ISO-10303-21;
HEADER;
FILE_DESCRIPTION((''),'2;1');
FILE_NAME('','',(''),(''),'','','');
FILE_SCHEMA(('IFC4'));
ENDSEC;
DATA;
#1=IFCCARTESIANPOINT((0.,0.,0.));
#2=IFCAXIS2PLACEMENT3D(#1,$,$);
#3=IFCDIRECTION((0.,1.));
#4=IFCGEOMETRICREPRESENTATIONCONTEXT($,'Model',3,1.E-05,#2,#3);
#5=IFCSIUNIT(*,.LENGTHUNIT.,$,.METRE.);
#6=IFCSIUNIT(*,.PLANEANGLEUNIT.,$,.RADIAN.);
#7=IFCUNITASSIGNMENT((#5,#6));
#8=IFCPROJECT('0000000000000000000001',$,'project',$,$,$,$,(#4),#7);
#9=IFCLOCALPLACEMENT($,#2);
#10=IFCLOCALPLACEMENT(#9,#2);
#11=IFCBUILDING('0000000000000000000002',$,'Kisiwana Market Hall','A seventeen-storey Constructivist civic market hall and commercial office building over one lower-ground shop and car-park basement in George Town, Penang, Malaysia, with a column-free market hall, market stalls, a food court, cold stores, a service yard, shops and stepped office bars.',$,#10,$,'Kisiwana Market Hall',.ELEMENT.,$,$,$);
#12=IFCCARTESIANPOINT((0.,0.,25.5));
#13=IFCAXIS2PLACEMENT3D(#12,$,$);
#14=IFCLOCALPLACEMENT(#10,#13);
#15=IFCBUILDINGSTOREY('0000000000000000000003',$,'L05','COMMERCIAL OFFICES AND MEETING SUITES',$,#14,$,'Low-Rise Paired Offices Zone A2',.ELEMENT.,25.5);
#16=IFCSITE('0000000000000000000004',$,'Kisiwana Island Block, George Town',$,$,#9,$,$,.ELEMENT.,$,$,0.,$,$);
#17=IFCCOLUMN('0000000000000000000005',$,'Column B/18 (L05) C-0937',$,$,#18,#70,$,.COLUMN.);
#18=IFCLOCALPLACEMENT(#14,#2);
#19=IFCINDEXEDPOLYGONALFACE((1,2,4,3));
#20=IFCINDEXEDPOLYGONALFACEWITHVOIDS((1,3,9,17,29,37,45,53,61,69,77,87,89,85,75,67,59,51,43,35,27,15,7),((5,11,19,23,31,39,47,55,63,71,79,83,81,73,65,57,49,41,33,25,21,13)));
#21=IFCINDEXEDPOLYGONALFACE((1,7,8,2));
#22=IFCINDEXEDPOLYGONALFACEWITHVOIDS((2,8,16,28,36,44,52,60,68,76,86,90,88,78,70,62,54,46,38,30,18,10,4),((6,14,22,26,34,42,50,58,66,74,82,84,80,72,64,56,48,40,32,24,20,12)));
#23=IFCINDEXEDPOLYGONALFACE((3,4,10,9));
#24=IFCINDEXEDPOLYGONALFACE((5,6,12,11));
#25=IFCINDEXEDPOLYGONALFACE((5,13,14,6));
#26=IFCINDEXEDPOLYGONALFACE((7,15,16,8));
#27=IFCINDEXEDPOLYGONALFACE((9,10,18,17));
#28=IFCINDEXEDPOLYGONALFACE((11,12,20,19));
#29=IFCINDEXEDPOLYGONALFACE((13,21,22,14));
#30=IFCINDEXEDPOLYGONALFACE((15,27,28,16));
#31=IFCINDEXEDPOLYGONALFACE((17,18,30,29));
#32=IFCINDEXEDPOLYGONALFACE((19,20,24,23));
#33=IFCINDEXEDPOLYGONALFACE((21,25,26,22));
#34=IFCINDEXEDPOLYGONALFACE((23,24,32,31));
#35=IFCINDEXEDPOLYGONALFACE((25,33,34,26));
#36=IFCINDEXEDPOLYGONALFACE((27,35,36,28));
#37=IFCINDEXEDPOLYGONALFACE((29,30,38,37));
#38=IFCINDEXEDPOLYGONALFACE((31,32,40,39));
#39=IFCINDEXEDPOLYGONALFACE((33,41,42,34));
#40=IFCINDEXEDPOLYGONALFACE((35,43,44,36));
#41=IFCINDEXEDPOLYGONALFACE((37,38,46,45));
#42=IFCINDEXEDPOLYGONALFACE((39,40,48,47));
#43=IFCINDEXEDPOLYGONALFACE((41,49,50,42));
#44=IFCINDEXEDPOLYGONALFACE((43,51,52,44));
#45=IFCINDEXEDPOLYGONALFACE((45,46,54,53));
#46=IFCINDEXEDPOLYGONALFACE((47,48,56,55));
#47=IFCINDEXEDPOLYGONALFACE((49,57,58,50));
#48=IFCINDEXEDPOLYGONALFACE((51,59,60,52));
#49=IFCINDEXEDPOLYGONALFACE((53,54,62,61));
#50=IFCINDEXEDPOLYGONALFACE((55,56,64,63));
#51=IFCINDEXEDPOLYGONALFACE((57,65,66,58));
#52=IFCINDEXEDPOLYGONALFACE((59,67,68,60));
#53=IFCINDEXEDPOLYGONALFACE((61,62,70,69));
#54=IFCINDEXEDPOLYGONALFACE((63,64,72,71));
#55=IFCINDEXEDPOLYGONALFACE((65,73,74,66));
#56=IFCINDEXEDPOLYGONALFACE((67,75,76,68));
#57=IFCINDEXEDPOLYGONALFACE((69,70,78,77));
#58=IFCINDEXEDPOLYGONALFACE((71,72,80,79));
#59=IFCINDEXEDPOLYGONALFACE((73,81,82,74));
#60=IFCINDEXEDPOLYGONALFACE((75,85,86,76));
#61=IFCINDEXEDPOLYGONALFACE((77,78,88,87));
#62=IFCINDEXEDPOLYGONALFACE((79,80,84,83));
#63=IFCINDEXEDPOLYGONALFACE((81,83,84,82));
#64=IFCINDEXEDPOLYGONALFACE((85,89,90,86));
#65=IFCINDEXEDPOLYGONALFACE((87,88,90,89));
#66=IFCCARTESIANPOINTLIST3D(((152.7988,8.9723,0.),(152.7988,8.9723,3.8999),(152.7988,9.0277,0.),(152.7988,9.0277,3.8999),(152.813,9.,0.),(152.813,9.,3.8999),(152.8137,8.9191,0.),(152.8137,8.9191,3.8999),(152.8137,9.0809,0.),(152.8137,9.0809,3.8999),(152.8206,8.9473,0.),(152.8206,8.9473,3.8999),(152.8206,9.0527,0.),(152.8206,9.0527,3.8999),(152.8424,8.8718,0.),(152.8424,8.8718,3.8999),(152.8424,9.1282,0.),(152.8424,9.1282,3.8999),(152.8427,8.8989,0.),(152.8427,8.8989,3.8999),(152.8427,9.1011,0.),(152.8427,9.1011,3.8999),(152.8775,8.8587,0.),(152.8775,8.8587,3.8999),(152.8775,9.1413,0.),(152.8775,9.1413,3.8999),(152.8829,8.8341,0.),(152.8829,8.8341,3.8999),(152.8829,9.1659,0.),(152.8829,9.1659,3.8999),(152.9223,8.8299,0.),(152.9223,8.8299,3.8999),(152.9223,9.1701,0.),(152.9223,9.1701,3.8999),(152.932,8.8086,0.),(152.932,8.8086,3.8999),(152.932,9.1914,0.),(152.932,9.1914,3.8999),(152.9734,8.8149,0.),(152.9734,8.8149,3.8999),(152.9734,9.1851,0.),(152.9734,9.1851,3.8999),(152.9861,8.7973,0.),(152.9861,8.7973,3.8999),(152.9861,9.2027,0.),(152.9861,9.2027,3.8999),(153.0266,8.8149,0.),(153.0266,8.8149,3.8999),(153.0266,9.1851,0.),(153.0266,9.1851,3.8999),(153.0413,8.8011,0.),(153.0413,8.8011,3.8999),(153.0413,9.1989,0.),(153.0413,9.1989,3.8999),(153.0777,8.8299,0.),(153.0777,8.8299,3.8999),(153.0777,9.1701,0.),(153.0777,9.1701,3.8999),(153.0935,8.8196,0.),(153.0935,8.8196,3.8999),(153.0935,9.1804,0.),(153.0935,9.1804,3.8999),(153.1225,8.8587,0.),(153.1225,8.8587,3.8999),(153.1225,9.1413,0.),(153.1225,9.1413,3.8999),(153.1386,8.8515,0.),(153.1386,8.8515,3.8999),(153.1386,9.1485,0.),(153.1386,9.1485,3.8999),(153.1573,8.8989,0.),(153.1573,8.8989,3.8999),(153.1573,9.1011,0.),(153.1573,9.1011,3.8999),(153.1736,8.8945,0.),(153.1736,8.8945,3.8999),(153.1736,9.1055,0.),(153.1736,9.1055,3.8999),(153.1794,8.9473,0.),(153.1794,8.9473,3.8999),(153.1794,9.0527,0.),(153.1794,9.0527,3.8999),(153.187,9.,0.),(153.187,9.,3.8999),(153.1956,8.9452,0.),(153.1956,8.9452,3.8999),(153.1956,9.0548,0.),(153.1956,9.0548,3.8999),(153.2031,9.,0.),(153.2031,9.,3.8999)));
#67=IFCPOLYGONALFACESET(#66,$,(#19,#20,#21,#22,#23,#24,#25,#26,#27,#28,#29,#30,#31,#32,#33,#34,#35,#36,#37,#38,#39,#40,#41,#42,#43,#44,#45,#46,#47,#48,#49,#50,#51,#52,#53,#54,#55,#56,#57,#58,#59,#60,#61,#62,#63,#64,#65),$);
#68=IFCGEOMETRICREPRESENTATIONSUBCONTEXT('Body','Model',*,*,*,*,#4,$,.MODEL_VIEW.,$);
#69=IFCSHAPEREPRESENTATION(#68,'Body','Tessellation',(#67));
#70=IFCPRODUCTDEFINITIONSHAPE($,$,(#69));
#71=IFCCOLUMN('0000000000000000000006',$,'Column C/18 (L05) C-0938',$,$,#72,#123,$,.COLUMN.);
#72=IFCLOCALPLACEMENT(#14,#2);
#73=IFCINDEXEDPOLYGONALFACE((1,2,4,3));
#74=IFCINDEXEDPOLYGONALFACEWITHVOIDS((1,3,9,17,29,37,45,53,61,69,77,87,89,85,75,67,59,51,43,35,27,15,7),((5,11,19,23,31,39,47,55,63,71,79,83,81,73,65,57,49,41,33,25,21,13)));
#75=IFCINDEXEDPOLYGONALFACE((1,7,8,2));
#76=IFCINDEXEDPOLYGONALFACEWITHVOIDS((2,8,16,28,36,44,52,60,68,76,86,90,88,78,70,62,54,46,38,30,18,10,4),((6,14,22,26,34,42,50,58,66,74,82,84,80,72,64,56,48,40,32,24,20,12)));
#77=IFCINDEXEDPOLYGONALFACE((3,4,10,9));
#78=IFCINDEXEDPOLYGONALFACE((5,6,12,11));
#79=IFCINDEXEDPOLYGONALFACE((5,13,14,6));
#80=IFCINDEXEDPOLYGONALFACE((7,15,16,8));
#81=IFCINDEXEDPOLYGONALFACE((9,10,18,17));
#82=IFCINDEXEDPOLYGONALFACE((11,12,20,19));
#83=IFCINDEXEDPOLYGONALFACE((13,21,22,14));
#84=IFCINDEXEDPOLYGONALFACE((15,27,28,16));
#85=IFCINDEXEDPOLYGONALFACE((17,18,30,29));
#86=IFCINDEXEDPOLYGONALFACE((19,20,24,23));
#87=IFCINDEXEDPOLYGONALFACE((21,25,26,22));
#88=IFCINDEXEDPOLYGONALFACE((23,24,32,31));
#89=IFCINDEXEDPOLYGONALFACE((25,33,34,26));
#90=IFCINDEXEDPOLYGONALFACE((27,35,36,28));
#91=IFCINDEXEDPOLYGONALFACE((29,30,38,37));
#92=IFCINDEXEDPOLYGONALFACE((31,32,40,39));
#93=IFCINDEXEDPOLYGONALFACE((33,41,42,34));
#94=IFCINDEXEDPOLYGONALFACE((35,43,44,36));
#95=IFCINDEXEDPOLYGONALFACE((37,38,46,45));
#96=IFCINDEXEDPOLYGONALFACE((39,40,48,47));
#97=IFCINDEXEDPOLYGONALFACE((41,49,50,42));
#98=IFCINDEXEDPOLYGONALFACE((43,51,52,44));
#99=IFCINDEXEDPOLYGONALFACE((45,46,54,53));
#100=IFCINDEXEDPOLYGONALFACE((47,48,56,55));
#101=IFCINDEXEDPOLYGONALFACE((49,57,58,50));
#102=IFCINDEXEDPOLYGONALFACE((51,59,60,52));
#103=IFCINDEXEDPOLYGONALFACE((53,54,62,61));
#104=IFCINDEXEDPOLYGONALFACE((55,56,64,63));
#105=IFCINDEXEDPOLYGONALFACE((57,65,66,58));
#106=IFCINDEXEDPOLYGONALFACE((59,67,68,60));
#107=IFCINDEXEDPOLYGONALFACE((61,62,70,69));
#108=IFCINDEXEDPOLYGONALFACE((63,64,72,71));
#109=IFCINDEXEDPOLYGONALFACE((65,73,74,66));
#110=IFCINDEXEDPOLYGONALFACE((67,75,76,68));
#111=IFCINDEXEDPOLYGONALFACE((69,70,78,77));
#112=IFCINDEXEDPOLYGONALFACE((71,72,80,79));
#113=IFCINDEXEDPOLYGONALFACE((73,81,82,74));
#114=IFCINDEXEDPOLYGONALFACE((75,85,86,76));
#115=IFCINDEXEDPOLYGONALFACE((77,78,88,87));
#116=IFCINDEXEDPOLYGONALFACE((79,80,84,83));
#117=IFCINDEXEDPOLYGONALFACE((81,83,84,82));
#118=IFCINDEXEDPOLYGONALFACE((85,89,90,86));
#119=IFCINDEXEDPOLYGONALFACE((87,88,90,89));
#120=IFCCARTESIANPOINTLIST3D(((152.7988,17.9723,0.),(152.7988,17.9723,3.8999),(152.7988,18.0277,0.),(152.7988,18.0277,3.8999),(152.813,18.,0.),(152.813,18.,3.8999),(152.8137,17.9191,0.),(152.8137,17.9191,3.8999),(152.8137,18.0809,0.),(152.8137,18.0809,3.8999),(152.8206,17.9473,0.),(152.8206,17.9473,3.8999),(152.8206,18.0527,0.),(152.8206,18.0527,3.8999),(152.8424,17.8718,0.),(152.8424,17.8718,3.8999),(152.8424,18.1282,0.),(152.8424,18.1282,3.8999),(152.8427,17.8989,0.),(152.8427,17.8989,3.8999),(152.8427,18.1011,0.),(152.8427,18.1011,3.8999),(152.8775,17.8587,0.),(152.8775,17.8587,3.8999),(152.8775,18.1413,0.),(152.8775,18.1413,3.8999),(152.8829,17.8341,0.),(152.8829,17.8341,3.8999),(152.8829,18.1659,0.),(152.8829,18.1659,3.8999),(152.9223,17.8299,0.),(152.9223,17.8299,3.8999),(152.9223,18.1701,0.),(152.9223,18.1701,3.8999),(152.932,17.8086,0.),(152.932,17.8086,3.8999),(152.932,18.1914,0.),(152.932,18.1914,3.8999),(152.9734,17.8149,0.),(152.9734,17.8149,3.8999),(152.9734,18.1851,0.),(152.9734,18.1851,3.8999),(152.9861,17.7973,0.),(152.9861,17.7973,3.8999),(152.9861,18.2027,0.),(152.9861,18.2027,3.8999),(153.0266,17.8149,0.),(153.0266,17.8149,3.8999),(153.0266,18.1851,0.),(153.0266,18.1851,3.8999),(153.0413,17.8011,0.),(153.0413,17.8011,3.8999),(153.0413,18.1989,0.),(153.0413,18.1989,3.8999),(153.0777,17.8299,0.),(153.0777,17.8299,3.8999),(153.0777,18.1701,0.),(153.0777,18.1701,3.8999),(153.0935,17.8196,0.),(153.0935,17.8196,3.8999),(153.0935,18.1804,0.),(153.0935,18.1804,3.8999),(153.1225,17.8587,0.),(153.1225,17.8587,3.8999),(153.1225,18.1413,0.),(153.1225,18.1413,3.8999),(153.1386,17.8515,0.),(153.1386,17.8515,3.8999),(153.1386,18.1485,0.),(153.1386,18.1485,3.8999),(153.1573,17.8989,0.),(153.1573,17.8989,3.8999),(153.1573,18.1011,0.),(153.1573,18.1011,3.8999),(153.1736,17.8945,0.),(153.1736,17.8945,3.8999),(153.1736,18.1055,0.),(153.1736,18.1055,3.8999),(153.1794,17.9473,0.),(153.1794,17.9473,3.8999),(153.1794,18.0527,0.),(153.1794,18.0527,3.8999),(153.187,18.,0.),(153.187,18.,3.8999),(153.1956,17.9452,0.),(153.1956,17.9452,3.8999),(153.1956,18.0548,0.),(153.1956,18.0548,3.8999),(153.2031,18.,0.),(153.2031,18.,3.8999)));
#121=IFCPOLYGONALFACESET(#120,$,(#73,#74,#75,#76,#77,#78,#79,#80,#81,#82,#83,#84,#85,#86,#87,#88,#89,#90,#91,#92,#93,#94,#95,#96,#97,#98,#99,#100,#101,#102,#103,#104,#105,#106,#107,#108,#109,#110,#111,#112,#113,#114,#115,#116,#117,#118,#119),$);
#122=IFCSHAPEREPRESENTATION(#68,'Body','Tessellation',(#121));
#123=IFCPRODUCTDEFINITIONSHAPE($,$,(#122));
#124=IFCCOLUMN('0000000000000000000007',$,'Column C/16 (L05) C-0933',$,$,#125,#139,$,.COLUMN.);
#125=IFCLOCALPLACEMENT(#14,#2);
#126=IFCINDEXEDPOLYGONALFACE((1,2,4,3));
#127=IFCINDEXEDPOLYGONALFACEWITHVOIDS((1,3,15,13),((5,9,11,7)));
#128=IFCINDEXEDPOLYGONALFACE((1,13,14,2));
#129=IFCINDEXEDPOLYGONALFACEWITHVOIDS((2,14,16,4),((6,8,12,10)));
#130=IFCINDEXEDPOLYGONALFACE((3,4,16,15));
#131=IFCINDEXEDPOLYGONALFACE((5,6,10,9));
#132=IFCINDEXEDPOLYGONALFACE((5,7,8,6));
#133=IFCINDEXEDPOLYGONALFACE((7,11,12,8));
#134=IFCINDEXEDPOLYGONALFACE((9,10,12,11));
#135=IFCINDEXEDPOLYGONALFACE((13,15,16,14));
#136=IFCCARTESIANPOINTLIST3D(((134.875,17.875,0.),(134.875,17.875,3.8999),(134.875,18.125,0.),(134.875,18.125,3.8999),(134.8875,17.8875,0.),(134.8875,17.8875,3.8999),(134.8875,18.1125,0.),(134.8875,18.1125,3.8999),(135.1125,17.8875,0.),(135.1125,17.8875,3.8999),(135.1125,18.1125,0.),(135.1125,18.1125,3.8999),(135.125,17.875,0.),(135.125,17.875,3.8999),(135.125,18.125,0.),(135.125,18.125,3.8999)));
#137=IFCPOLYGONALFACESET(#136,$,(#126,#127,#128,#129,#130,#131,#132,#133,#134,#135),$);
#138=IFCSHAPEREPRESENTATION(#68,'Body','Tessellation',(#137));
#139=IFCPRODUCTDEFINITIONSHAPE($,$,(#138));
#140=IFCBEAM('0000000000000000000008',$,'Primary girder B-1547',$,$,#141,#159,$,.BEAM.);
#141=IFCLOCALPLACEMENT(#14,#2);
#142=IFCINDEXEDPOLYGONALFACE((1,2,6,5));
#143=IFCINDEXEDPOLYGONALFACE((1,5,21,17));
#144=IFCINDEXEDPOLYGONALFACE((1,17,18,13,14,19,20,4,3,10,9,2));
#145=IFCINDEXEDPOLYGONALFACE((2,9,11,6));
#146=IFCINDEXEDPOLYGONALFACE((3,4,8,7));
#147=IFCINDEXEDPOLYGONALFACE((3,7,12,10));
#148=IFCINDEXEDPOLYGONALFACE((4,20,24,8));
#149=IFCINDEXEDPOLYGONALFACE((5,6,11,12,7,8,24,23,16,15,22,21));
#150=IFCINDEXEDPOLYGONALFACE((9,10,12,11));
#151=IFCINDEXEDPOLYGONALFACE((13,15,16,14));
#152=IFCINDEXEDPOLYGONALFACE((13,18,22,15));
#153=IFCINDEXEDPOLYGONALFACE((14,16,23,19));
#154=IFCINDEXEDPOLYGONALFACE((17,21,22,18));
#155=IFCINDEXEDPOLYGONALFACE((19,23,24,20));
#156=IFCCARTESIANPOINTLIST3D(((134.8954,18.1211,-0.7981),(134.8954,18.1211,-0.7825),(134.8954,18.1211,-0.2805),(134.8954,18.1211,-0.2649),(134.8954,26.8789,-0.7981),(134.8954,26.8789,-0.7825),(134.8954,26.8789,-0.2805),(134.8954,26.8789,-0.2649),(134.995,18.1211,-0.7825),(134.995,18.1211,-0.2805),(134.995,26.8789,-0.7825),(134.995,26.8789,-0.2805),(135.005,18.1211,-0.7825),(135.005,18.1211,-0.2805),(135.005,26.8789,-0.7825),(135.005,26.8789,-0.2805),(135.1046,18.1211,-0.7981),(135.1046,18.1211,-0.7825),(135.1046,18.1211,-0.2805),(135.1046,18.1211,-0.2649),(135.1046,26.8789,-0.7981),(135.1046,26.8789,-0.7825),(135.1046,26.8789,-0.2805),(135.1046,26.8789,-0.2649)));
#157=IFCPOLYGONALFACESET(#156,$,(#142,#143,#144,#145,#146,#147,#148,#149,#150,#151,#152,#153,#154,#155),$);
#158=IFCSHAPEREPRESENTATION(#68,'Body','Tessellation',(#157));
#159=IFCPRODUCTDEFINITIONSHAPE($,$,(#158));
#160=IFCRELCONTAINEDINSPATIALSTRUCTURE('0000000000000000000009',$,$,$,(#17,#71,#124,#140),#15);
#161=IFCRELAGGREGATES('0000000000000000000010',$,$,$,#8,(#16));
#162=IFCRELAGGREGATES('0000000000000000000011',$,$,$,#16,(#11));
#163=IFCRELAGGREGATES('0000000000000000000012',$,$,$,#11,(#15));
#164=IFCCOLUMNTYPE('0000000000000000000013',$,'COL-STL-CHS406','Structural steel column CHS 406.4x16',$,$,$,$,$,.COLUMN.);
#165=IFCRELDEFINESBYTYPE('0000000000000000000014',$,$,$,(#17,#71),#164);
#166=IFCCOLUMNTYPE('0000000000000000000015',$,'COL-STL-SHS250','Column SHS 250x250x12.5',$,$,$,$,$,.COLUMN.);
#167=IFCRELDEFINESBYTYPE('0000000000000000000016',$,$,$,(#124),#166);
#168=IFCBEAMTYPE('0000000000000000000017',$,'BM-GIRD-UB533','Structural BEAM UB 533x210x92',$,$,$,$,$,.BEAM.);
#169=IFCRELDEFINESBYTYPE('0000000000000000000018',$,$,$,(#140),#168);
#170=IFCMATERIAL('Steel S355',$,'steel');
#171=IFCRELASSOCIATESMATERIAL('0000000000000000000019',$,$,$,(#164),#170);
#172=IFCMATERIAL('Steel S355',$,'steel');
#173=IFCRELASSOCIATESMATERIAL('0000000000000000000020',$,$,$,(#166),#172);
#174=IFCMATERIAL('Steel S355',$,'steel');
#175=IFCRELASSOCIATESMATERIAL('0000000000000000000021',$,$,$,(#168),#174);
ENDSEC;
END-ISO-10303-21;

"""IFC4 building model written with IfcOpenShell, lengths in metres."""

from ifc_helpers import new_model, si_unit, direction, frame, origin, origin_2d, place, context, subcontext, project, spatial, hollow_rectangle, hollow_circle, i_section, extrude, material, material_profile, profile_set, type_object, element, save


model = new_model("IFC4")

# Units and contexts
model_context = context("Model", 3, precision=1e-05, world=origin(), true_north=direction((0.0, 1.0)))
body_context = subcontext(model_context, "Body", "Model", "MODEL_VIEW")
ifc_project = project(units=[si_unit("LENGTHUNIT", "METRE"), si_unit("PLANEANGLEUNIT", "RADIAN")], contexts=[model_context])

# Site, building, storey
site_placement = place(None, origin())
site = spatial("IfcSite", under=ifc_project, at=site_placement, Name="Kisiwana Island Block, George Town", CompositionType="ELEMENT", RefElevation=0.0)
building_placement = place(site_placement, origin())
building = spatial("IfcBuilding", under=site, at=building_placement, Name="Kisiwana Market Hall", Description="A seventeen-storey Constructivist civic market hall and commercial office building over one lower-ground shop and car-park basement in George Town, Penang, Malaysia, with a column-free market hall, market stalls, a food court, cold stores, a service yard, shops and stepped office bars.", LongName="Kisiwana Market Hall", CompositionType="ELEMENT")
storey_placement = place(building_placement, frame((0.0, 0.0, 25.5)))
storey = spatial("IfcBuildingStorey", under=building, at=storey_placement, Name="L05", Description="COMMERCIAL OFFICES AND MEETING SUITES", LongName="Low-Rise Paired Offices Zone A2", CompositionType="ELEMENT", Elevation=25.5)

# Columns
ifc_material_1 = material(Name="Steel S355", Category="steel")
ifc_material_profile_1 = material_profile(ifc_material_1, hollow_circle(Radius=0.2031, WallThickness=0.0161, at=origin_2d()), Name="CHS 406.4x16")
ifc_profile_set_1 = profile_set([ifc_material_profile_1], Name="Steel S355")
column_type_1 = type_object("IfcColumnType", Name="COL-STL-CHS406", Description="Structural steel column CHS 406.4x16", PredefinedType="COLUMN", material=ifc_profile_set_1)
for number, where, z_axis, x_axis, name in (
    (1, (153.0, 9.0, 0.0), (0.0, 0.0, 1.0), (1.0, 0.0, 0.0), "Column B/18 (L05) C-0937"),
    (2, (153.0, 18.0, 0.0), (0.0, 0.0, 1.0), (1.0, 0.0, 0.0), "Column C/18 (L05) C-0938"),
):
    element("IfcColumn", number, at=place(storey_placement, frame(where, z_axis=z_axis, x_axis=x_axis)), inside=storey, type_object=column_type_1, Name=name, PredefinedType="COLUMN", context=body_context, shape_type="SweptSolid", body=[
        extrude(hollow_circle(Radius=0.2031, WallThickness=0.0161, at=origin_2d()), origin(), (0.0, 0.0, 1.0), 3.8999),
    ])
ifc_material_2 = material(Name="Steel S355", Category="steel")
ifc_material_profile_2 = material_profile(ifc_material_2, hollow_rectangle(XDim=0.25, YDim=0.25, WallThickness=0.0125, at=origin_2d()), Name="SHS 250x250x12.5")
ifc_profile_set_2 = profile_set([ifc_material_profile_2], Name="Steel S355")
column_type_2 = type_object("IfcColumnType", Name="COL-STL-SHS250", Description="Column SHS 250x250x12.5", PredefinedType="COLUMN", material=ifc_profile_set_2)
column_placement = place(storey_placement, frame((135.0, 18.0, 0.0), z_axis=(0.0, 0.0, 1.0), x_axis=(1.0, 0.0, 0.0)))
element("IfcColumn", 3, at=column_placement, inside=storey, type_object=column_type_2, Name="Column C/16 (L05) C-0933", PredefinedType="COLUMN", context=body_context, shape_type="SweptSolid", body=[
    extrude(hollow_rectangle(XDim=0.25, YDim=0.25, WallThickness=0.0125, at=origin_2d()), origin(), (0.0, 0.0, 1.0), 3.8999),
])

# Beam
ifc_material_3 = material(Name="Steel S355", Category="steel")
ifc_material_profile_3 = material_profile(ifc_material_3, i_section(OverallWidth=0.2092, OverallDepth=0.5332, WebThickness=0.01, FlangeThickness=0.0156, at=origin_2d()), Name="UB 533x210x92")
ifc_profile_set_3 = profile_set([ifc_material_profile_3], Name="Steel S355")
beam_type_1 = type_object("IfcBeamType", Name="BM-GIRD-UB533", Description="Structural BEAM UB 533x210x92", PredefinedType="BEAM", material=ifc_profile_set_3)
beam_1_placement = place(storey_placement, frame((135.0, 18.1211, -0.5315), z_axis=(0.0, 1.0, 0.0), x_axis=(-1.0, 0.0, 0.0)))
element("IfcBeam", 4, at=beam_1_placement, inside=storey, type_object=beam_type_1, Name="Primary girder B-1547", PredefinedType="BEAM", context=body_context, shape_type="SweptSolid", body=[
    extrude(i_section(OverallWidth=0.2092, OverallDepth=0.5332, WebThickness=0.01, FlangeThickness=0.0156, at=origin_2d()), origin(), (0.0, 0.0, 1.0), 8.7578),
])

save(model, "model.ifc")
